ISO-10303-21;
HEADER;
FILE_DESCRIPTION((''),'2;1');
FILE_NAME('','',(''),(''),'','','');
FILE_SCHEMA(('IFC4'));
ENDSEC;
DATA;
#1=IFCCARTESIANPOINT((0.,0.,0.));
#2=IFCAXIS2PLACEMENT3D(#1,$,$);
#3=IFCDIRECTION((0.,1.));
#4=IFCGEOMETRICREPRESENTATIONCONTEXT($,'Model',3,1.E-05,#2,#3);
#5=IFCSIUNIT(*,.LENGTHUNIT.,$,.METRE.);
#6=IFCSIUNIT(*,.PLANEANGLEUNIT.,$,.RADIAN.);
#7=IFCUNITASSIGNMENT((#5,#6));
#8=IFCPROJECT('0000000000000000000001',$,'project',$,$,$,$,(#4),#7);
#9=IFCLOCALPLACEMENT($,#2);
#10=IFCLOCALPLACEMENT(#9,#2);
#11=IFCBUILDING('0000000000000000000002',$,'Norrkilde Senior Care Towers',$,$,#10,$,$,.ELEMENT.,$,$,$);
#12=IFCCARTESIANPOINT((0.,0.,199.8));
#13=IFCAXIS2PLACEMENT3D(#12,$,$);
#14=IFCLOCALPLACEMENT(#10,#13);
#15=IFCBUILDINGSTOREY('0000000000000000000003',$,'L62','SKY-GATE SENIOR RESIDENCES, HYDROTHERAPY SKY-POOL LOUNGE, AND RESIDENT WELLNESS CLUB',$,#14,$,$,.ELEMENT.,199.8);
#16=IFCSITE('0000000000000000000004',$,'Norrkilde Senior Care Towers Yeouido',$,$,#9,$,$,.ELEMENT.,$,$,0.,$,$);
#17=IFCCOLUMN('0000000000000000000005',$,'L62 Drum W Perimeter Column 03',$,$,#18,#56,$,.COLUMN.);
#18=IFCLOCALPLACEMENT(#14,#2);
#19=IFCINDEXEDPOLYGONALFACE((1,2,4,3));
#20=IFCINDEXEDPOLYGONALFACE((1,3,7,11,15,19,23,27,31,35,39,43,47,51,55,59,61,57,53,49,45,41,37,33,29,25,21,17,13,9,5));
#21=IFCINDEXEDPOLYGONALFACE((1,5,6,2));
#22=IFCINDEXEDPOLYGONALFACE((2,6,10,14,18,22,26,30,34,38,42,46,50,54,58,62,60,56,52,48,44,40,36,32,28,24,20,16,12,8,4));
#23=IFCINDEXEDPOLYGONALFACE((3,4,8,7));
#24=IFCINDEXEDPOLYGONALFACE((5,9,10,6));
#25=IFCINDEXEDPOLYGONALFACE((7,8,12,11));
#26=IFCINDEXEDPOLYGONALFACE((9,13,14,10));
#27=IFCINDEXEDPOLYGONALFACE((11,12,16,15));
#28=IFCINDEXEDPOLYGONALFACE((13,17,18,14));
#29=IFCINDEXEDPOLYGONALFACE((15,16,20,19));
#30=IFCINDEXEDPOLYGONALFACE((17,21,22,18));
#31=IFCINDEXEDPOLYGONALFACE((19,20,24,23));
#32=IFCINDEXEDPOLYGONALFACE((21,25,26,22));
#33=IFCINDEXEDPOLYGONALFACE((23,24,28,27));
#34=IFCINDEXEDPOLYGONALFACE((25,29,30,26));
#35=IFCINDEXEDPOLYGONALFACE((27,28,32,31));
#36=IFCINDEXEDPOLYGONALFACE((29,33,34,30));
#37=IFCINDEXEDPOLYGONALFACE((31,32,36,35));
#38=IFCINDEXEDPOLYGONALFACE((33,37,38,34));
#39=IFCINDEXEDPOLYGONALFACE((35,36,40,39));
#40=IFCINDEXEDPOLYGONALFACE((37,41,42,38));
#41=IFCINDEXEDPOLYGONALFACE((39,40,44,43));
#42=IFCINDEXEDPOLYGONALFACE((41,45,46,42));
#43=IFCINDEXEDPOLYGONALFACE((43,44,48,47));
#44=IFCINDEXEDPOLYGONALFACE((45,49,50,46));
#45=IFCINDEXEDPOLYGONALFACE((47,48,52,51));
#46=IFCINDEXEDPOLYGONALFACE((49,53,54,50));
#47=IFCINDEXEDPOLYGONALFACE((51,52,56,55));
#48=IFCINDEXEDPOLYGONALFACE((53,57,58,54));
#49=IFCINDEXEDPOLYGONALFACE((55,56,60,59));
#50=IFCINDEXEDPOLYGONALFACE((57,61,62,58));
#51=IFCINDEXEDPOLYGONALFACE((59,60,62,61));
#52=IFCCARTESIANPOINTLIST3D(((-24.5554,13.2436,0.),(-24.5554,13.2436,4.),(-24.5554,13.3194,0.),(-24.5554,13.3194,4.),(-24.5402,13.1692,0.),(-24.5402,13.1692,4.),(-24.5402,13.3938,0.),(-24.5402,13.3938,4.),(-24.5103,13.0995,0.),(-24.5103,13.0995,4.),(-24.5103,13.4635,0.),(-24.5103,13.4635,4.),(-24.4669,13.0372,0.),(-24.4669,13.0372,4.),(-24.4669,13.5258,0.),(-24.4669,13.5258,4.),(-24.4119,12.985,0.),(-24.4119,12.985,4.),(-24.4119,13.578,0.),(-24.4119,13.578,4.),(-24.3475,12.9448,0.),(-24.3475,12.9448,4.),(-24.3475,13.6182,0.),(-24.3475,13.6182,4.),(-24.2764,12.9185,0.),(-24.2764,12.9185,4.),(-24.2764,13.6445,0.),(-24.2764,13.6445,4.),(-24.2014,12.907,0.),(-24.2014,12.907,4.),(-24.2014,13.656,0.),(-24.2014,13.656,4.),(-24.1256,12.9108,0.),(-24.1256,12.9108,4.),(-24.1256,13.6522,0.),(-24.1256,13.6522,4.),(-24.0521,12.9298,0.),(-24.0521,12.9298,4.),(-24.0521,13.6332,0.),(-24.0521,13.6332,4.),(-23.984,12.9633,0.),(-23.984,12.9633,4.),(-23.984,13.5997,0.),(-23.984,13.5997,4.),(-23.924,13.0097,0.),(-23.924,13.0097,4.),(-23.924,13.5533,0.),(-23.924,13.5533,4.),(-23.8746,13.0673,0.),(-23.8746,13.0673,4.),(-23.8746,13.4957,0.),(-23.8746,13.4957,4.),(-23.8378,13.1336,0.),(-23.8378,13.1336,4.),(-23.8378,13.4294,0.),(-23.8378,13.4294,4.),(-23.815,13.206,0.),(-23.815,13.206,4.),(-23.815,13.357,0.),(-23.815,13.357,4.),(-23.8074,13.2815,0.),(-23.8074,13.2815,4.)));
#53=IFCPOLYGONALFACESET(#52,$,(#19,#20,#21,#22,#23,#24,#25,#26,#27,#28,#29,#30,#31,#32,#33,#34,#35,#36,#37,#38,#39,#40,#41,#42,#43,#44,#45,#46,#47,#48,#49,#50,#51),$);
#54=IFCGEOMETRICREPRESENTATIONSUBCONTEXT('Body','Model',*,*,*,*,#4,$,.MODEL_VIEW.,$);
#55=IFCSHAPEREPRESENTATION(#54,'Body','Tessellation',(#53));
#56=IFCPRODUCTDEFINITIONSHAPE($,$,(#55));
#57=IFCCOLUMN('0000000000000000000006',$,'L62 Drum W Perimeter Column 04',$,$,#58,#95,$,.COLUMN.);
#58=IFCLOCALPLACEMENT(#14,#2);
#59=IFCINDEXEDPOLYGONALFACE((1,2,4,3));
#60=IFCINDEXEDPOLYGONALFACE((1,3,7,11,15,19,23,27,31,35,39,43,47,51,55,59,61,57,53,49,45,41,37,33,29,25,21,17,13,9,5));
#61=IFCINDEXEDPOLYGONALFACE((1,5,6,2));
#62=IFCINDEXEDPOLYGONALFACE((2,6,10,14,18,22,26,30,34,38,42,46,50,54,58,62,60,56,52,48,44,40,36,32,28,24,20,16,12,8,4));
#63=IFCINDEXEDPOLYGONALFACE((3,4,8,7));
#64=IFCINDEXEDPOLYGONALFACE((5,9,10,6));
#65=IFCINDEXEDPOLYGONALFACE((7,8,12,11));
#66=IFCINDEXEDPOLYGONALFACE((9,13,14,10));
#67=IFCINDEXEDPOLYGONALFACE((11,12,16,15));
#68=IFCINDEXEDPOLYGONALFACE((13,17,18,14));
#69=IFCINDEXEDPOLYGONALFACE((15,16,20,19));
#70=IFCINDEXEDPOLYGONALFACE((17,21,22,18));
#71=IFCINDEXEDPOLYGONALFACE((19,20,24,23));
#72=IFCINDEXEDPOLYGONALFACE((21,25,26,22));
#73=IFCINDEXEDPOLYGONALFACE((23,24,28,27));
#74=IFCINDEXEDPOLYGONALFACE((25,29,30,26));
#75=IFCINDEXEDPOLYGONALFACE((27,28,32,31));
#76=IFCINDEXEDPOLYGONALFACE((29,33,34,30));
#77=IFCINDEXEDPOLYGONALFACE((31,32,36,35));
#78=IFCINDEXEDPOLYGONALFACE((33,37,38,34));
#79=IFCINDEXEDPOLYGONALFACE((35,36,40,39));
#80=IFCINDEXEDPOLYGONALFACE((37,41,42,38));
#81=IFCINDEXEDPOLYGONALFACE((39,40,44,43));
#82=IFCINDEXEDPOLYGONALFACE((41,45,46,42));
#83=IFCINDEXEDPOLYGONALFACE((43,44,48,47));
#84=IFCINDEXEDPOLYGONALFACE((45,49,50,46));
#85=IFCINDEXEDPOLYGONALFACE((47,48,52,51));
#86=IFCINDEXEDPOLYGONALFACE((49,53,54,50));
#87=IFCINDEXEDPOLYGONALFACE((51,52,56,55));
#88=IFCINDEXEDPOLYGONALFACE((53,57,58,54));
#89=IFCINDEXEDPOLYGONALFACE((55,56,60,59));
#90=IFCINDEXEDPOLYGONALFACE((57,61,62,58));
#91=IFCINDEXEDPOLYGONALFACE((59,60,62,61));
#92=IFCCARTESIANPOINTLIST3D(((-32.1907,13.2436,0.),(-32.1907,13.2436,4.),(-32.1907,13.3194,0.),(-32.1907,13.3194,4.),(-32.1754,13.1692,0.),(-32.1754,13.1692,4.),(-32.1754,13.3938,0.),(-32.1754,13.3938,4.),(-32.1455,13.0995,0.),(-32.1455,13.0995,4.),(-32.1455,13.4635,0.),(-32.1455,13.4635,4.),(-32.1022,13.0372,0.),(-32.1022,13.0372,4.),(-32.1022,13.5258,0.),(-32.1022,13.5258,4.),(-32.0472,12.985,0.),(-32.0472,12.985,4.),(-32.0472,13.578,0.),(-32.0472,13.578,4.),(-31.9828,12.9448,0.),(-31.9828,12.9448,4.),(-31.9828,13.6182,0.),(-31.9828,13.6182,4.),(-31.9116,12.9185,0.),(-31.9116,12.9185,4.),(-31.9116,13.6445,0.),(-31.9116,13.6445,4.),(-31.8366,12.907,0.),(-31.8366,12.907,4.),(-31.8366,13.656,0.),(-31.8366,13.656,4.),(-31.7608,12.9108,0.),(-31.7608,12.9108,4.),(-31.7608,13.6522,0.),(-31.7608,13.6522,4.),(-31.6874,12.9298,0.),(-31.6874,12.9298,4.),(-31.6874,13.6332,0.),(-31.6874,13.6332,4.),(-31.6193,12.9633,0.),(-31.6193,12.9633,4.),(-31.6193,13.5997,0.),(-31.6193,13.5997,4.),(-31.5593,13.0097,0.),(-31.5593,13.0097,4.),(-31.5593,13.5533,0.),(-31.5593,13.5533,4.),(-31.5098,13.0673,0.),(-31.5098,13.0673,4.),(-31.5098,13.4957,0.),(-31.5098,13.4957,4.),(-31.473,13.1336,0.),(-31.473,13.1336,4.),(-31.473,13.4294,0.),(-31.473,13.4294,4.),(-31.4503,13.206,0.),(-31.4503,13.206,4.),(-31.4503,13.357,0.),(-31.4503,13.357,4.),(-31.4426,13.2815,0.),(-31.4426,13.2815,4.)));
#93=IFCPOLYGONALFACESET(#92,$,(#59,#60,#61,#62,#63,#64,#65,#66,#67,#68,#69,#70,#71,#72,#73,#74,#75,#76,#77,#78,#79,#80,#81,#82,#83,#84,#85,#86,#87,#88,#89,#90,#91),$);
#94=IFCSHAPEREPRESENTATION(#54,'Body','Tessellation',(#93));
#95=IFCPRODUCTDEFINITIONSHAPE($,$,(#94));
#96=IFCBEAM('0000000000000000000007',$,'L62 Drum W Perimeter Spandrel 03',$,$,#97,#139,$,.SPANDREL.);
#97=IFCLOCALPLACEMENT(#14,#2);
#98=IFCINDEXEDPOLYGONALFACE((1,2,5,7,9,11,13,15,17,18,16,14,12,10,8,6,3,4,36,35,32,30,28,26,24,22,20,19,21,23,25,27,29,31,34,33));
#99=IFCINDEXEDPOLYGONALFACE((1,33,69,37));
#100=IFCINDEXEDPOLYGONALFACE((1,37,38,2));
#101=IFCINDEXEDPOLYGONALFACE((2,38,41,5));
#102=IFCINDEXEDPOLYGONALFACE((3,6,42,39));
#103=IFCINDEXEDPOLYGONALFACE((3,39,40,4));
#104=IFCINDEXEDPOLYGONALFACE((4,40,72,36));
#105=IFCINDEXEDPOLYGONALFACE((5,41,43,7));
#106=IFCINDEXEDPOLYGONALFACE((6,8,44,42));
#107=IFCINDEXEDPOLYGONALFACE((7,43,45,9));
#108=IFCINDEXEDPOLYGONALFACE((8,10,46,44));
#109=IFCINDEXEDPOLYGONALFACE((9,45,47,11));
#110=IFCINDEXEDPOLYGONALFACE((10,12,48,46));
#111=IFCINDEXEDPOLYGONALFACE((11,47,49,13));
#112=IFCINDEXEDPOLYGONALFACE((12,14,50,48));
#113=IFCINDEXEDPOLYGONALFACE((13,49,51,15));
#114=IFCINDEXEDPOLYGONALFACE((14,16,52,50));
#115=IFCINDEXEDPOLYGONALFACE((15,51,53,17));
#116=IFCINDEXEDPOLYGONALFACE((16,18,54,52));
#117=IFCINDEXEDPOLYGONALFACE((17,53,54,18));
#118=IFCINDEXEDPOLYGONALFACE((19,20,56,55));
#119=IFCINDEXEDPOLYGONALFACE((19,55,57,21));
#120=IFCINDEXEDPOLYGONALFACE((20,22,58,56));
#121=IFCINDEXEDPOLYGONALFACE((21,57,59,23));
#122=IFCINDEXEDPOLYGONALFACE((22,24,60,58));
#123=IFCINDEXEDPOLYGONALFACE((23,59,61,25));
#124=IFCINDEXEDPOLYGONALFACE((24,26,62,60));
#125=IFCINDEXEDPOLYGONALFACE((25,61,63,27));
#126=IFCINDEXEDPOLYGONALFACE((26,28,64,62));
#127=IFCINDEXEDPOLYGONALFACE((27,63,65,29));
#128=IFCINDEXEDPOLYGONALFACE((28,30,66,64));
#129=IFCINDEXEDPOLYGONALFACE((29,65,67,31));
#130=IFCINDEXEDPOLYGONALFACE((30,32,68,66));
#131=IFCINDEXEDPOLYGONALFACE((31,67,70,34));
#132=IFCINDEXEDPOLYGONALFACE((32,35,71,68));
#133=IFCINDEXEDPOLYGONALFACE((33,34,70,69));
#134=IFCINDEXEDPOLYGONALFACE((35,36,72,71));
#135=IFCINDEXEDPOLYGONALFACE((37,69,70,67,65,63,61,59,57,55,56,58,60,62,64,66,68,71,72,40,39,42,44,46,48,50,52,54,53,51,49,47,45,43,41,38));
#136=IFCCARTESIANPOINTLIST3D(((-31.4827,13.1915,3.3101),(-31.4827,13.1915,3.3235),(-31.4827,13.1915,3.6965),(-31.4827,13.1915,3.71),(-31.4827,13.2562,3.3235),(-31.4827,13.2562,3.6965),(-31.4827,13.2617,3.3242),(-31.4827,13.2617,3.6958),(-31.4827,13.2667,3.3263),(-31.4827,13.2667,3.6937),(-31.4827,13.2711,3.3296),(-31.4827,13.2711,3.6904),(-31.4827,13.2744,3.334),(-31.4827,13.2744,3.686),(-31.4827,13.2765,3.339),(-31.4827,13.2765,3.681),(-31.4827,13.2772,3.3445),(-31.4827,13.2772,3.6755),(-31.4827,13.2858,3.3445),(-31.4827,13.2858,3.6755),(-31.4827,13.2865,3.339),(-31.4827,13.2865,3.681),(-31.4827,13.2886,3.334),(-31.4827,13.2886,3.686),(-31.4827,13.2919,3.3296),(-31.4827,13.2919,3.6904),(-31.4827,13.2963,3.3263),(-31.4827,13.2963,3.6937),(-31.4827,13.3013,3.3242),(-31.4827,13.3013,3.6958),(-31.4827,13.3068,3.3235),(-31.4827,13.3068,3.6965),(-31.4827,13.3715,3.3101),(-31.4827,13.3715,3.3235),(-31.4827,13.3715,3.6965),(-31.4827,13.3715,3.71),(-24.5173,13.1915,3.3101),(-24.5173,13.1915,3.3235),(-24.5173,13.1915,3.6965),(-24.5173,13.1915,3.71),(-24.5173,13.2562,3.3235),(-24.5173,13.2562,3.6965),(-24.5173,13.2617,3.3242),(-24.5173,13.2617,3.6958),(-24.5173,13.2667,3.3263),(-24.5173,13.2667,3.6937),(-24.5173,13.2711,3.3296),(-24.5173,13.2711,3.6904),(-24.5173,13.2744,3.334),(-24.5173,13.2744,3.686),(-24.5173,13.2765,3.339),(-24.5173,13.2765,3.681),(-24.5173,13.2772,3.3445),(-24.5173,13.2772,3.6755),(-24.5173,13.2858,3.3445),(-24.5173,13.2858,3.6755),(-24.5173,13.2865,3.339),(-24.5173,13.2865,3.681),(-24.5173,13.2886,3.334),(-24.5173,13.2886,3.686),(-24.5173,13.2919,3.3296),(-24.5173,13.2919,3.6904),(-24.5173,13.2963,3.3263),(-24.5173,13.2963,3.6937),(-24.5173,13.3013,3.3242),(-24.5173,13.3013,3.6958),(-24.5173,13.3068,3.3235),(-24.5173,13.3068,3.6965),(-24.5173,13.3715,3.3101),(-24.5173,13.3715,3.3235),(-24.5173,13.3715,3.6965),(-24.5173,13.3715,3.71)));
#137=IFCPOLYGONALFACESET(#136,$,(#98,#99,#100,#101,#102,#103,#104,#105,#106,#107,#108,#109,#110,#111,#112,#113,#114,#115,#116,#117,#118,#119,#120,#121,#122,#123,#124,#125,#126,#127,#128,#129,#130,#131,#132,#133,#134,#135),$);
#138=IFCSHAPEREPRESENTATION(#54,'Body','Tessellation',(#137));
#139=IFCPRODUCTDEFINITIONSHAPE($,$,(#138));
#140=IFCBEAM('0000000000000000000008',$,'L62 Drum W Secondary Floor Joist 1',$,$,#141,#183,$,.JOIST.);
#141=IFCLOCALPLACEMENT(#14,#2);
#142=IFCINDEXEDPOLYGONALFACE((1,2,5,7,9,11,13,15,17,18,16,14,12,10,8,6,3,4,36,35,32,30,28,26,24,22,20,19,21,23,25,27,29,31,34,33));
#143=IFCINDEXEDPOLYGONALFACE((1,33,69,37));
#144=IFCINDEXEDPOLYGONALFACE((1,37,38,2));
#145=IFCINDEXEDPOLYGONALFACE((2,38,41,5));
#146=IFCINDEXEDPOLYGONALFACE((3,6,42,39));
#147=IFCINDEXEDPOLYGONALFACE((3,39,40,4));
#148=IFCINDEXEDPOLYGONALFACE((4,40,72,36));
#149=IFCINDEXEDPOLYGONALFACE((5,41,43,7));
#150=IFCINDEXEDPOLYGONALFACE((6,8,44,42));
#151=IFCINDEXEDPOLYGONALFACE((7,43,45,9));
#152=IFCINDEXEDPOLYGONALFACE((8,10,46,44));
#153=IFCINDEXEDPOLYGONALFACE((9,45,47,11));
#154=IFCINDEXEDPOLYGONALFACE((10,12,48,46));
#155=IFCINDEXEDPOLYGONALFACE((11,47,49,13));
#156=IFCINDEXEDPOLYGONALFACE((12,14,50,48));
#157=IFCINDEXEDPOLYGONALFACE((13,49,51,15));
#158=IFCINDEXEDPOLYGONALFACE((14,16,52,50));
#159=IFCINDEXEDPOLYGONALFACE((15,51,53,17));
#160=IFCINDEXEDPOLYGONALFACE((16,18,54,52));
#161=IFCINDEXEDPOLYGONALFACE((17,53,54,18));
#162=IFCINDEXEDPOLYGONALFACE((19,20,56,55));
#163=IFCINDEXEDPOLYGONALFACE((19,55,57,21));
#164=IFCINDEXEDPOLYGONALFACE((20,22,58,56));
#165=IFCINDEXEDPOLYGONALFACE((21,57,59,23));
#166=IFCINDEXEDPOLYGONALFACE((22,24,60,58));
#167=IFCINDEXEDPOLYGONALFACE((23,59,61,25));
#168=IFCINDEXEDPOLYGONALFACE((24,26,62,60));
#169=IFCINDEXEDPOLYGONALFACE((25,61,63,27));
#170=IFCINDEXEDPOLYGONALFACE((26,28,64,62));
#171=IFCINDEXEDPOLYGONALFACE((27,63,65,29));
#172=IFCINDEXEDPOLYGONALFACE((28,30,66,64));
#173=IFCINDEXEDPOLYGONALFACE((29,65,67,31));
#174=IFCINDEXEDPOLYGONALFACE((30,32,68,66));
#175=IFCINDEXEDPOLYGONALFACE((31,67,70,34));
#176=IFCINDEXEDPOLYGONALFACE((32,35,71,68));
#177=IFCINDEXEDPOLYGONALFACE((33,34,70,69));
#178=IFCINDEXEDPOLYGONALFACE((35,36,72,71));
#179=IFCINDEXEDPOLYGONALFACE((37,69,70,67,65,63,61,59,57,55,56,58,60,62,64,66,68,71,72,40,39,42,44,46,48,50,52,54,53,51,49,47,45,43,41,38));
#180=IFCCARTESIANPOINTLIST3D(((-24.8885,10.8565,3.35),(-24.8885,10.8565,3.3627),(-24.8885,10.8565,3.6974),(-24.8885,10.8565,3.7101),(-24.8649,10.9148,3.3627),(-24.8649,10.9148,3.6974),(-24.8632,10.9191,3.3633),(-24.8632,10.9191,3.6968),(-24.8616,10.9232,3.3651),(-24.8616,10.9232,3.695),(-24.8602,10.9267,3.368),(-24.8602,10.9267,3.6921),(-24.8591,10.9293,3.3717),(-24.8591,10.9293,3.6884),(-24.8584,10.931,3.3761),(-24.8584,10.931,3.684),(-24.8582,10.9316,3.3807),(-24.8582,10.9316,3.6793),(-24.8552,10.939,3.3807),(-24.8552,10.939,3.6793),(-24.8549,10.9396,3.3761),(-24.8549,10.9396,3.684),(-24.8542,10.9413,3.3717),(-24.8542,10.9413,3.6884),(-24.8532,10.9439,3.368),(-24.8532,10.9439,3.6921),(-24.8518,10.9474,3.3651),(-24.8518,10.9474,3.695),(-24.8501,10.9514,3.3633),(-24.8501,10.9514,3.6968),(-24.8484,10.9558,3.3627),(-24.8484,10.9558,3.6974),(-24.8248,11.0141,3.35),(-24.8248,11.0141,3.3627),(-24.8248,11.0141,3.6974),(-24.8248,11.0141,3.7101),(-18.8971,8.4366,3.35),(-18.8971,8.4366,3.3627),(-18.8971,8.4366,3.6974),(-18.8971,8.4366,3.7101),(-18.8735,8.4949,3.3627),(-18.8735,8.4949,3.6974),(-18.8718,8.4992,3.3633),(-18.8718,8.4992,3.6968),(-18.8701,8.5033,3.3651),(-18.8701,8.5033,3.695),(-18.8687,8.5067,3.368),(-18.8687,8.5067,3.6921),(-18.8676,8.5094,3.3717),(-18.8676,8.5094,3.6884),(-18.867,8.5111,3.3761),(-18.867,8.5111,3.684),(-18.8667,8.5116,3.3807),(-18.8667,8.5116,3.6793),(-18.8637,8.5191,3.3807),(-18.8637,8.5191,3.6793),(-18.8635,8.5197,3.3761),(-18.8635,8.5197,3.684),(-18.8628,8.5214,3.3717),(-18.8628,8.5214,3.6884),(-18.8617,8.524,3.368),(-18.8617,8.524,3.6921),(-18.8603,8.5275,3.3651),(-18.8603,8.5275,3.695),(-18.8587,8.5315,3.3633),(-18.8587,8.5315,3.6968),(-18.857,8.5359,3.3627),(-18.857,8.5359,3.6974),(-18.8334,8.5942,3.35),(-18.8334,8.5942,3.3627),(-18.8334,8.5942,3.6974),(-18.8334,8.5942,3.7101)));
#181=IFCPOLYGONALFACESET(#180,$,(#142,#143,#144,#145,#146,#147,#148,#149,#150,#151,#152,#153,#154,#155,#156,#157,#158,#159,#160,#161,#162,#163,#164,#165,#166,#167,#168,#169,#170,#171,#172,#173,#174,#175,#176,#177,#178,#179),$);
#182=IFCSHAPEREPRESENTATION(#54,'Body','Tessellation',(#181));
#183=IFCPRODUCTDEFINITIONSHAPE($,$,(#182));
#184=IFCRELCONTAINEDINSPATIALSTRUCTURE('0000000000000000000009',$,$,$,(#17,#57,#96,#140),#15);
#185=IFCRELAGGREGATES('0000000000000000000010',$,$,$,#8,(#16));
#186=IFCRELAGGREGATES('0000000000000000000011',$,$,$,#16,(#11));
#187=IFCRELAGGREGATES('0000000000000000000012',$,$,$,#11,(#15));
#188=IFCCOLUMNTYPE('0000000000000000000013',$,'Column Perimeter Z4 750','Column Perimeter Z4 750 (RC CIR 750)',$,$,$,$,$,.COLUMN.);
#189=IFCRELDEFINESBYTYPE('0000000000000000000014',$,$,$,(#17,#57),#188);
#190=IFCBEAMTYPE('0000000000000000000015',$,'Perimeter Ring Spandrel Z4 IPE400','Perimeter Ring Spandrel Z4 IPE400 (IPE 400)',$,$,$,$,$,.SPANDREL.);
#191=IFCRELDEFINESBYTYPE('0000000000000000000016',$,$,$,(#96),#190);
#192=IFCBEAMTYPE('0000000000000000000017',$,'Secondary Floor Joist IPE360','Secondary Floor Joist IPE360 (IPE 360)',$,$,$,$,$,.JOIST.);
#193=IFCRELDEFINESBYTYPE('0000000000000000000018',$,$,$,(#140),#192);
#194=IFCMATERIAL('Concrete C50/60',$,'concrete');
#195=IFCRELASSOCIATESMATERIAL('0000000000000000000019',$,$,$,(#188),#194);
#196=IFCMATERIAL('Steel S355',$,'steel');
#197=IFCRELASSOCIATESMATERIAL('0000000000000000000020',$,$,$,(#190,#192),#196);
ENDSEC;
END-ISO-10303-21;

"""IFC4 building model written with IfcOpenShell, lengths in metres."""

from ifc_helpers import new_model, si_unit, direction, frame, origin, origin_2d, place, context, subcontext, project, spatial, circle, i_section, extrude, source, transform, mapped, material, material_profile, profile_set, type_object, type_shapes, element, save


model = new_model("IFC4")

# Units and contexts
model_context = context("Model", 3, precision=1e-05, world=origin(), true_north=direction((0.0, 1.0)))
body_context = subcontext(model_context, "Body", "Model", "MODEL_VIEW")
ifc_project = project(units=[si_unit("LENGTHUNIT", "METRE"), si_unit("PLANEANGLEUNIT", "RADIAN")], contexts=[model_context])

# Site, building, storey
site_placement = place(None, origin())
site = spatial("IfcSite", under=ifc_project, at=site_placement, Name="Norrkilde Senior Care Towers Yeouido", CompositionType="ELEMENT", RefElevation=0.0)
building_placement = place(site_placement, origin())
building = spatial("IfcBuilding", under=site, at=building_placement, Name="Norrkilde Senior Care Towers", CompositionType="ELEMENT")
storey_placement = place(building_placement, frame((0.0, 0.0, 199.8)))
storey = spatial("IfcBuildingStorey", under=building, at=storey_placement, Name="L62", Description="SKY-GATE SENIOR RESIDENCES, HYDROTHERAPY SKY-POOL LOUNGE, AND RESIDENT WELLNESS CLUB", CompositionType="ELEMENT", Elevation=199.8)

# Columns
ifc_material_1 = material(Name="Concrete C50/60", Category="concrete")
ifc_material_profile_1 = material_profile(ifc_material_1, circle(Radius=0.375, at=origin_2d()), Name="RC CIR 750")
ifc_profile_set_1 = profile_set([ifc_material_profile_1], Name="Concrete C50/60")
column_type = type_object("IfcColumnType", Name="Column Perimeter Z4 750", Description="Column Perimeter Z4 750 (RC CIR 750)", PredefinedType="COLUMN", material=ifc_profile_set_1)
shared_shape_1 = source(origin(), body_context, "Body", "SweptSolid", [
    extrude(circle(Radius=0.375, at=origin_2d()), origin(), (0.0, 0.0, 1.0), 4.0),
])
type_shapes(column_type, [shared_shape_1])
for number, where, z_axis, x_axis, name in (
    (1, (-24.1824, 13.2815, 0.0), (0.0, 0.0, 1.0), (1.0, 0.0, 0.0), "L62 Drum W Perimeter Column 03"),
    (2, (-31.8176, 13.2815, 0.0), (0.0, 0.0, 1.0), (1.0, 0.0, 0.0), "L62 Drum W Perimeter Column 04"),
):
    element("IfcColumn", number, at=place(storey_placement, frame(where, z_axis=z_axis, x_axis=x_axis)), inside=storey, type_object=column_type, Name=name, PredefinedType="COLUMN", context=body_context, shape_type="MappedRepresentation", body=[
        mapped(shared_shape_1, transform((0.0, 0.0, 0.0), x_axis=(1.0, 0.0, 0.0), y_axis=(0.0, 1.0, 0.0), z_axis=(0.0, 0.0, 1.0), scale=1.0)),
    ])

# Beams
ifc_material_2 = material(Name="Steel S355", Category="steel")
ifc_material_profile_2 = material_profile(ifc_material_2, i_section(OverallWidth=0.1799, OverallDepth=0.3999, WebThickness=0.0085, FlangeThickness=0.0134, FilletRadius=0.021, at=origin_2d()), Name="IPE 400")
ifc_profile_set_2 = profile_set([ifc_material_profile_2], Name="Steel S355")
beam_type_1 = type_object("IfcBeamType", Name="Perimeter Ring Spandrel Z4 IPE400", Description="Perimeter Ring Spandrel Z4 IPE400 (IPE 400)", PredefinedType="SPANDREL", material=ifc_profile_set_2)
shared_shape_2 = source(origin(), body_context, "Body", "SweptSolid", [
    extrude(i_section(OverallWidth=0.1799, OverallDepth=0.3999, WebThickness=0.0085, FlangeThickness=0.0134, FilletRadius=0.021, at=origin_2d()), origin(), (0.0, 0.0, 1.0), 6.9653),
])
type_shapes(beam_type_1, [shared_shape_2])
beam_1_placement = place(storey_placement, frame((-24.5173, 13.2815, 3.51), z_axis=(-1.0, 0.0, 0.0), x_axis=(0.0, -1.0, 0.0)))
element("IfcBeam", 3, at=beam_1_placement, inside=storey, type_object=beam_type_1, Name="L62 Drum W Perimeter Spandrel 03", PredefinedType="SPANDREL", context=body_context, shape_type="MappedRepresentation", body=[
    mapped(shared_shape_2, transform((0.0, 0.0, 0.0), x_axis=(1.0, 0.0, 0.0), y_axis=(0.0, 1.0, 0.0), z_axis=(0.0, 0.0, 1.0), scale=1.0)),
])
ifc_material_profile_3 = material_profile(ifc_material_2, i_section(OverallWidth=0.1699, OverallDepth=0.3601, WebThickness=0.0081, FlangeThickness=0.0127, FilletRadius=0.0181, at=origin_2d()), Name="IPE 360")
ifc_profile_set_3 = profile_set([ifc_material_profile_3], Name="Steel S355")
beam_type_2 = type_object("IfcBeamType", Name="Secondary Floor Joist IPE360", Description="Secondary Floor Joist IPE360 (IPE 360)", PredefinedType="JOIST", material=ifc_profile_set_3)
shared_shape_3 = source(origin(), body_context, "Body", "SweptSolid", [
    extrude(i_section(OverallWidth=0.1699, OverallDepth=0.3601, WebThickness=0.0081, FlangeThickness=0.0127, FilletRadius=0.0181, at=origin_2d()), origin(), (0.0, 0.0, 1.0), 6.4617),
])
type_shapes(beam_type_2, [shared_shape_3])
beam_2_placement = place(storey_placement, frame((-18.8652, 8.5154, 3.53), z_axis=(-0.927226, 0.374502, 0.0), x_axis=(-0.374502, -0.927226, 0.0)))
element("IfcBeam", 4, at=beam_2_placement, inside=storey, type_object=beam_type_2, Name="L62 Drum W Secondary Floor Joist 1", PredefinedType="JOIST", context=body_context, shape_type="MappedRepresentation", body=[
    mapped(shared_shape_3, transform((0.0, 0.0, 0.0), x_axis=(1.0, 0.0, 0.0), y_axis=(0.0, 1.0, 0.0), z_axis=(0.0, 0.0, 1.0), scale=1.0)),
])

save(model, "model.ifc")
